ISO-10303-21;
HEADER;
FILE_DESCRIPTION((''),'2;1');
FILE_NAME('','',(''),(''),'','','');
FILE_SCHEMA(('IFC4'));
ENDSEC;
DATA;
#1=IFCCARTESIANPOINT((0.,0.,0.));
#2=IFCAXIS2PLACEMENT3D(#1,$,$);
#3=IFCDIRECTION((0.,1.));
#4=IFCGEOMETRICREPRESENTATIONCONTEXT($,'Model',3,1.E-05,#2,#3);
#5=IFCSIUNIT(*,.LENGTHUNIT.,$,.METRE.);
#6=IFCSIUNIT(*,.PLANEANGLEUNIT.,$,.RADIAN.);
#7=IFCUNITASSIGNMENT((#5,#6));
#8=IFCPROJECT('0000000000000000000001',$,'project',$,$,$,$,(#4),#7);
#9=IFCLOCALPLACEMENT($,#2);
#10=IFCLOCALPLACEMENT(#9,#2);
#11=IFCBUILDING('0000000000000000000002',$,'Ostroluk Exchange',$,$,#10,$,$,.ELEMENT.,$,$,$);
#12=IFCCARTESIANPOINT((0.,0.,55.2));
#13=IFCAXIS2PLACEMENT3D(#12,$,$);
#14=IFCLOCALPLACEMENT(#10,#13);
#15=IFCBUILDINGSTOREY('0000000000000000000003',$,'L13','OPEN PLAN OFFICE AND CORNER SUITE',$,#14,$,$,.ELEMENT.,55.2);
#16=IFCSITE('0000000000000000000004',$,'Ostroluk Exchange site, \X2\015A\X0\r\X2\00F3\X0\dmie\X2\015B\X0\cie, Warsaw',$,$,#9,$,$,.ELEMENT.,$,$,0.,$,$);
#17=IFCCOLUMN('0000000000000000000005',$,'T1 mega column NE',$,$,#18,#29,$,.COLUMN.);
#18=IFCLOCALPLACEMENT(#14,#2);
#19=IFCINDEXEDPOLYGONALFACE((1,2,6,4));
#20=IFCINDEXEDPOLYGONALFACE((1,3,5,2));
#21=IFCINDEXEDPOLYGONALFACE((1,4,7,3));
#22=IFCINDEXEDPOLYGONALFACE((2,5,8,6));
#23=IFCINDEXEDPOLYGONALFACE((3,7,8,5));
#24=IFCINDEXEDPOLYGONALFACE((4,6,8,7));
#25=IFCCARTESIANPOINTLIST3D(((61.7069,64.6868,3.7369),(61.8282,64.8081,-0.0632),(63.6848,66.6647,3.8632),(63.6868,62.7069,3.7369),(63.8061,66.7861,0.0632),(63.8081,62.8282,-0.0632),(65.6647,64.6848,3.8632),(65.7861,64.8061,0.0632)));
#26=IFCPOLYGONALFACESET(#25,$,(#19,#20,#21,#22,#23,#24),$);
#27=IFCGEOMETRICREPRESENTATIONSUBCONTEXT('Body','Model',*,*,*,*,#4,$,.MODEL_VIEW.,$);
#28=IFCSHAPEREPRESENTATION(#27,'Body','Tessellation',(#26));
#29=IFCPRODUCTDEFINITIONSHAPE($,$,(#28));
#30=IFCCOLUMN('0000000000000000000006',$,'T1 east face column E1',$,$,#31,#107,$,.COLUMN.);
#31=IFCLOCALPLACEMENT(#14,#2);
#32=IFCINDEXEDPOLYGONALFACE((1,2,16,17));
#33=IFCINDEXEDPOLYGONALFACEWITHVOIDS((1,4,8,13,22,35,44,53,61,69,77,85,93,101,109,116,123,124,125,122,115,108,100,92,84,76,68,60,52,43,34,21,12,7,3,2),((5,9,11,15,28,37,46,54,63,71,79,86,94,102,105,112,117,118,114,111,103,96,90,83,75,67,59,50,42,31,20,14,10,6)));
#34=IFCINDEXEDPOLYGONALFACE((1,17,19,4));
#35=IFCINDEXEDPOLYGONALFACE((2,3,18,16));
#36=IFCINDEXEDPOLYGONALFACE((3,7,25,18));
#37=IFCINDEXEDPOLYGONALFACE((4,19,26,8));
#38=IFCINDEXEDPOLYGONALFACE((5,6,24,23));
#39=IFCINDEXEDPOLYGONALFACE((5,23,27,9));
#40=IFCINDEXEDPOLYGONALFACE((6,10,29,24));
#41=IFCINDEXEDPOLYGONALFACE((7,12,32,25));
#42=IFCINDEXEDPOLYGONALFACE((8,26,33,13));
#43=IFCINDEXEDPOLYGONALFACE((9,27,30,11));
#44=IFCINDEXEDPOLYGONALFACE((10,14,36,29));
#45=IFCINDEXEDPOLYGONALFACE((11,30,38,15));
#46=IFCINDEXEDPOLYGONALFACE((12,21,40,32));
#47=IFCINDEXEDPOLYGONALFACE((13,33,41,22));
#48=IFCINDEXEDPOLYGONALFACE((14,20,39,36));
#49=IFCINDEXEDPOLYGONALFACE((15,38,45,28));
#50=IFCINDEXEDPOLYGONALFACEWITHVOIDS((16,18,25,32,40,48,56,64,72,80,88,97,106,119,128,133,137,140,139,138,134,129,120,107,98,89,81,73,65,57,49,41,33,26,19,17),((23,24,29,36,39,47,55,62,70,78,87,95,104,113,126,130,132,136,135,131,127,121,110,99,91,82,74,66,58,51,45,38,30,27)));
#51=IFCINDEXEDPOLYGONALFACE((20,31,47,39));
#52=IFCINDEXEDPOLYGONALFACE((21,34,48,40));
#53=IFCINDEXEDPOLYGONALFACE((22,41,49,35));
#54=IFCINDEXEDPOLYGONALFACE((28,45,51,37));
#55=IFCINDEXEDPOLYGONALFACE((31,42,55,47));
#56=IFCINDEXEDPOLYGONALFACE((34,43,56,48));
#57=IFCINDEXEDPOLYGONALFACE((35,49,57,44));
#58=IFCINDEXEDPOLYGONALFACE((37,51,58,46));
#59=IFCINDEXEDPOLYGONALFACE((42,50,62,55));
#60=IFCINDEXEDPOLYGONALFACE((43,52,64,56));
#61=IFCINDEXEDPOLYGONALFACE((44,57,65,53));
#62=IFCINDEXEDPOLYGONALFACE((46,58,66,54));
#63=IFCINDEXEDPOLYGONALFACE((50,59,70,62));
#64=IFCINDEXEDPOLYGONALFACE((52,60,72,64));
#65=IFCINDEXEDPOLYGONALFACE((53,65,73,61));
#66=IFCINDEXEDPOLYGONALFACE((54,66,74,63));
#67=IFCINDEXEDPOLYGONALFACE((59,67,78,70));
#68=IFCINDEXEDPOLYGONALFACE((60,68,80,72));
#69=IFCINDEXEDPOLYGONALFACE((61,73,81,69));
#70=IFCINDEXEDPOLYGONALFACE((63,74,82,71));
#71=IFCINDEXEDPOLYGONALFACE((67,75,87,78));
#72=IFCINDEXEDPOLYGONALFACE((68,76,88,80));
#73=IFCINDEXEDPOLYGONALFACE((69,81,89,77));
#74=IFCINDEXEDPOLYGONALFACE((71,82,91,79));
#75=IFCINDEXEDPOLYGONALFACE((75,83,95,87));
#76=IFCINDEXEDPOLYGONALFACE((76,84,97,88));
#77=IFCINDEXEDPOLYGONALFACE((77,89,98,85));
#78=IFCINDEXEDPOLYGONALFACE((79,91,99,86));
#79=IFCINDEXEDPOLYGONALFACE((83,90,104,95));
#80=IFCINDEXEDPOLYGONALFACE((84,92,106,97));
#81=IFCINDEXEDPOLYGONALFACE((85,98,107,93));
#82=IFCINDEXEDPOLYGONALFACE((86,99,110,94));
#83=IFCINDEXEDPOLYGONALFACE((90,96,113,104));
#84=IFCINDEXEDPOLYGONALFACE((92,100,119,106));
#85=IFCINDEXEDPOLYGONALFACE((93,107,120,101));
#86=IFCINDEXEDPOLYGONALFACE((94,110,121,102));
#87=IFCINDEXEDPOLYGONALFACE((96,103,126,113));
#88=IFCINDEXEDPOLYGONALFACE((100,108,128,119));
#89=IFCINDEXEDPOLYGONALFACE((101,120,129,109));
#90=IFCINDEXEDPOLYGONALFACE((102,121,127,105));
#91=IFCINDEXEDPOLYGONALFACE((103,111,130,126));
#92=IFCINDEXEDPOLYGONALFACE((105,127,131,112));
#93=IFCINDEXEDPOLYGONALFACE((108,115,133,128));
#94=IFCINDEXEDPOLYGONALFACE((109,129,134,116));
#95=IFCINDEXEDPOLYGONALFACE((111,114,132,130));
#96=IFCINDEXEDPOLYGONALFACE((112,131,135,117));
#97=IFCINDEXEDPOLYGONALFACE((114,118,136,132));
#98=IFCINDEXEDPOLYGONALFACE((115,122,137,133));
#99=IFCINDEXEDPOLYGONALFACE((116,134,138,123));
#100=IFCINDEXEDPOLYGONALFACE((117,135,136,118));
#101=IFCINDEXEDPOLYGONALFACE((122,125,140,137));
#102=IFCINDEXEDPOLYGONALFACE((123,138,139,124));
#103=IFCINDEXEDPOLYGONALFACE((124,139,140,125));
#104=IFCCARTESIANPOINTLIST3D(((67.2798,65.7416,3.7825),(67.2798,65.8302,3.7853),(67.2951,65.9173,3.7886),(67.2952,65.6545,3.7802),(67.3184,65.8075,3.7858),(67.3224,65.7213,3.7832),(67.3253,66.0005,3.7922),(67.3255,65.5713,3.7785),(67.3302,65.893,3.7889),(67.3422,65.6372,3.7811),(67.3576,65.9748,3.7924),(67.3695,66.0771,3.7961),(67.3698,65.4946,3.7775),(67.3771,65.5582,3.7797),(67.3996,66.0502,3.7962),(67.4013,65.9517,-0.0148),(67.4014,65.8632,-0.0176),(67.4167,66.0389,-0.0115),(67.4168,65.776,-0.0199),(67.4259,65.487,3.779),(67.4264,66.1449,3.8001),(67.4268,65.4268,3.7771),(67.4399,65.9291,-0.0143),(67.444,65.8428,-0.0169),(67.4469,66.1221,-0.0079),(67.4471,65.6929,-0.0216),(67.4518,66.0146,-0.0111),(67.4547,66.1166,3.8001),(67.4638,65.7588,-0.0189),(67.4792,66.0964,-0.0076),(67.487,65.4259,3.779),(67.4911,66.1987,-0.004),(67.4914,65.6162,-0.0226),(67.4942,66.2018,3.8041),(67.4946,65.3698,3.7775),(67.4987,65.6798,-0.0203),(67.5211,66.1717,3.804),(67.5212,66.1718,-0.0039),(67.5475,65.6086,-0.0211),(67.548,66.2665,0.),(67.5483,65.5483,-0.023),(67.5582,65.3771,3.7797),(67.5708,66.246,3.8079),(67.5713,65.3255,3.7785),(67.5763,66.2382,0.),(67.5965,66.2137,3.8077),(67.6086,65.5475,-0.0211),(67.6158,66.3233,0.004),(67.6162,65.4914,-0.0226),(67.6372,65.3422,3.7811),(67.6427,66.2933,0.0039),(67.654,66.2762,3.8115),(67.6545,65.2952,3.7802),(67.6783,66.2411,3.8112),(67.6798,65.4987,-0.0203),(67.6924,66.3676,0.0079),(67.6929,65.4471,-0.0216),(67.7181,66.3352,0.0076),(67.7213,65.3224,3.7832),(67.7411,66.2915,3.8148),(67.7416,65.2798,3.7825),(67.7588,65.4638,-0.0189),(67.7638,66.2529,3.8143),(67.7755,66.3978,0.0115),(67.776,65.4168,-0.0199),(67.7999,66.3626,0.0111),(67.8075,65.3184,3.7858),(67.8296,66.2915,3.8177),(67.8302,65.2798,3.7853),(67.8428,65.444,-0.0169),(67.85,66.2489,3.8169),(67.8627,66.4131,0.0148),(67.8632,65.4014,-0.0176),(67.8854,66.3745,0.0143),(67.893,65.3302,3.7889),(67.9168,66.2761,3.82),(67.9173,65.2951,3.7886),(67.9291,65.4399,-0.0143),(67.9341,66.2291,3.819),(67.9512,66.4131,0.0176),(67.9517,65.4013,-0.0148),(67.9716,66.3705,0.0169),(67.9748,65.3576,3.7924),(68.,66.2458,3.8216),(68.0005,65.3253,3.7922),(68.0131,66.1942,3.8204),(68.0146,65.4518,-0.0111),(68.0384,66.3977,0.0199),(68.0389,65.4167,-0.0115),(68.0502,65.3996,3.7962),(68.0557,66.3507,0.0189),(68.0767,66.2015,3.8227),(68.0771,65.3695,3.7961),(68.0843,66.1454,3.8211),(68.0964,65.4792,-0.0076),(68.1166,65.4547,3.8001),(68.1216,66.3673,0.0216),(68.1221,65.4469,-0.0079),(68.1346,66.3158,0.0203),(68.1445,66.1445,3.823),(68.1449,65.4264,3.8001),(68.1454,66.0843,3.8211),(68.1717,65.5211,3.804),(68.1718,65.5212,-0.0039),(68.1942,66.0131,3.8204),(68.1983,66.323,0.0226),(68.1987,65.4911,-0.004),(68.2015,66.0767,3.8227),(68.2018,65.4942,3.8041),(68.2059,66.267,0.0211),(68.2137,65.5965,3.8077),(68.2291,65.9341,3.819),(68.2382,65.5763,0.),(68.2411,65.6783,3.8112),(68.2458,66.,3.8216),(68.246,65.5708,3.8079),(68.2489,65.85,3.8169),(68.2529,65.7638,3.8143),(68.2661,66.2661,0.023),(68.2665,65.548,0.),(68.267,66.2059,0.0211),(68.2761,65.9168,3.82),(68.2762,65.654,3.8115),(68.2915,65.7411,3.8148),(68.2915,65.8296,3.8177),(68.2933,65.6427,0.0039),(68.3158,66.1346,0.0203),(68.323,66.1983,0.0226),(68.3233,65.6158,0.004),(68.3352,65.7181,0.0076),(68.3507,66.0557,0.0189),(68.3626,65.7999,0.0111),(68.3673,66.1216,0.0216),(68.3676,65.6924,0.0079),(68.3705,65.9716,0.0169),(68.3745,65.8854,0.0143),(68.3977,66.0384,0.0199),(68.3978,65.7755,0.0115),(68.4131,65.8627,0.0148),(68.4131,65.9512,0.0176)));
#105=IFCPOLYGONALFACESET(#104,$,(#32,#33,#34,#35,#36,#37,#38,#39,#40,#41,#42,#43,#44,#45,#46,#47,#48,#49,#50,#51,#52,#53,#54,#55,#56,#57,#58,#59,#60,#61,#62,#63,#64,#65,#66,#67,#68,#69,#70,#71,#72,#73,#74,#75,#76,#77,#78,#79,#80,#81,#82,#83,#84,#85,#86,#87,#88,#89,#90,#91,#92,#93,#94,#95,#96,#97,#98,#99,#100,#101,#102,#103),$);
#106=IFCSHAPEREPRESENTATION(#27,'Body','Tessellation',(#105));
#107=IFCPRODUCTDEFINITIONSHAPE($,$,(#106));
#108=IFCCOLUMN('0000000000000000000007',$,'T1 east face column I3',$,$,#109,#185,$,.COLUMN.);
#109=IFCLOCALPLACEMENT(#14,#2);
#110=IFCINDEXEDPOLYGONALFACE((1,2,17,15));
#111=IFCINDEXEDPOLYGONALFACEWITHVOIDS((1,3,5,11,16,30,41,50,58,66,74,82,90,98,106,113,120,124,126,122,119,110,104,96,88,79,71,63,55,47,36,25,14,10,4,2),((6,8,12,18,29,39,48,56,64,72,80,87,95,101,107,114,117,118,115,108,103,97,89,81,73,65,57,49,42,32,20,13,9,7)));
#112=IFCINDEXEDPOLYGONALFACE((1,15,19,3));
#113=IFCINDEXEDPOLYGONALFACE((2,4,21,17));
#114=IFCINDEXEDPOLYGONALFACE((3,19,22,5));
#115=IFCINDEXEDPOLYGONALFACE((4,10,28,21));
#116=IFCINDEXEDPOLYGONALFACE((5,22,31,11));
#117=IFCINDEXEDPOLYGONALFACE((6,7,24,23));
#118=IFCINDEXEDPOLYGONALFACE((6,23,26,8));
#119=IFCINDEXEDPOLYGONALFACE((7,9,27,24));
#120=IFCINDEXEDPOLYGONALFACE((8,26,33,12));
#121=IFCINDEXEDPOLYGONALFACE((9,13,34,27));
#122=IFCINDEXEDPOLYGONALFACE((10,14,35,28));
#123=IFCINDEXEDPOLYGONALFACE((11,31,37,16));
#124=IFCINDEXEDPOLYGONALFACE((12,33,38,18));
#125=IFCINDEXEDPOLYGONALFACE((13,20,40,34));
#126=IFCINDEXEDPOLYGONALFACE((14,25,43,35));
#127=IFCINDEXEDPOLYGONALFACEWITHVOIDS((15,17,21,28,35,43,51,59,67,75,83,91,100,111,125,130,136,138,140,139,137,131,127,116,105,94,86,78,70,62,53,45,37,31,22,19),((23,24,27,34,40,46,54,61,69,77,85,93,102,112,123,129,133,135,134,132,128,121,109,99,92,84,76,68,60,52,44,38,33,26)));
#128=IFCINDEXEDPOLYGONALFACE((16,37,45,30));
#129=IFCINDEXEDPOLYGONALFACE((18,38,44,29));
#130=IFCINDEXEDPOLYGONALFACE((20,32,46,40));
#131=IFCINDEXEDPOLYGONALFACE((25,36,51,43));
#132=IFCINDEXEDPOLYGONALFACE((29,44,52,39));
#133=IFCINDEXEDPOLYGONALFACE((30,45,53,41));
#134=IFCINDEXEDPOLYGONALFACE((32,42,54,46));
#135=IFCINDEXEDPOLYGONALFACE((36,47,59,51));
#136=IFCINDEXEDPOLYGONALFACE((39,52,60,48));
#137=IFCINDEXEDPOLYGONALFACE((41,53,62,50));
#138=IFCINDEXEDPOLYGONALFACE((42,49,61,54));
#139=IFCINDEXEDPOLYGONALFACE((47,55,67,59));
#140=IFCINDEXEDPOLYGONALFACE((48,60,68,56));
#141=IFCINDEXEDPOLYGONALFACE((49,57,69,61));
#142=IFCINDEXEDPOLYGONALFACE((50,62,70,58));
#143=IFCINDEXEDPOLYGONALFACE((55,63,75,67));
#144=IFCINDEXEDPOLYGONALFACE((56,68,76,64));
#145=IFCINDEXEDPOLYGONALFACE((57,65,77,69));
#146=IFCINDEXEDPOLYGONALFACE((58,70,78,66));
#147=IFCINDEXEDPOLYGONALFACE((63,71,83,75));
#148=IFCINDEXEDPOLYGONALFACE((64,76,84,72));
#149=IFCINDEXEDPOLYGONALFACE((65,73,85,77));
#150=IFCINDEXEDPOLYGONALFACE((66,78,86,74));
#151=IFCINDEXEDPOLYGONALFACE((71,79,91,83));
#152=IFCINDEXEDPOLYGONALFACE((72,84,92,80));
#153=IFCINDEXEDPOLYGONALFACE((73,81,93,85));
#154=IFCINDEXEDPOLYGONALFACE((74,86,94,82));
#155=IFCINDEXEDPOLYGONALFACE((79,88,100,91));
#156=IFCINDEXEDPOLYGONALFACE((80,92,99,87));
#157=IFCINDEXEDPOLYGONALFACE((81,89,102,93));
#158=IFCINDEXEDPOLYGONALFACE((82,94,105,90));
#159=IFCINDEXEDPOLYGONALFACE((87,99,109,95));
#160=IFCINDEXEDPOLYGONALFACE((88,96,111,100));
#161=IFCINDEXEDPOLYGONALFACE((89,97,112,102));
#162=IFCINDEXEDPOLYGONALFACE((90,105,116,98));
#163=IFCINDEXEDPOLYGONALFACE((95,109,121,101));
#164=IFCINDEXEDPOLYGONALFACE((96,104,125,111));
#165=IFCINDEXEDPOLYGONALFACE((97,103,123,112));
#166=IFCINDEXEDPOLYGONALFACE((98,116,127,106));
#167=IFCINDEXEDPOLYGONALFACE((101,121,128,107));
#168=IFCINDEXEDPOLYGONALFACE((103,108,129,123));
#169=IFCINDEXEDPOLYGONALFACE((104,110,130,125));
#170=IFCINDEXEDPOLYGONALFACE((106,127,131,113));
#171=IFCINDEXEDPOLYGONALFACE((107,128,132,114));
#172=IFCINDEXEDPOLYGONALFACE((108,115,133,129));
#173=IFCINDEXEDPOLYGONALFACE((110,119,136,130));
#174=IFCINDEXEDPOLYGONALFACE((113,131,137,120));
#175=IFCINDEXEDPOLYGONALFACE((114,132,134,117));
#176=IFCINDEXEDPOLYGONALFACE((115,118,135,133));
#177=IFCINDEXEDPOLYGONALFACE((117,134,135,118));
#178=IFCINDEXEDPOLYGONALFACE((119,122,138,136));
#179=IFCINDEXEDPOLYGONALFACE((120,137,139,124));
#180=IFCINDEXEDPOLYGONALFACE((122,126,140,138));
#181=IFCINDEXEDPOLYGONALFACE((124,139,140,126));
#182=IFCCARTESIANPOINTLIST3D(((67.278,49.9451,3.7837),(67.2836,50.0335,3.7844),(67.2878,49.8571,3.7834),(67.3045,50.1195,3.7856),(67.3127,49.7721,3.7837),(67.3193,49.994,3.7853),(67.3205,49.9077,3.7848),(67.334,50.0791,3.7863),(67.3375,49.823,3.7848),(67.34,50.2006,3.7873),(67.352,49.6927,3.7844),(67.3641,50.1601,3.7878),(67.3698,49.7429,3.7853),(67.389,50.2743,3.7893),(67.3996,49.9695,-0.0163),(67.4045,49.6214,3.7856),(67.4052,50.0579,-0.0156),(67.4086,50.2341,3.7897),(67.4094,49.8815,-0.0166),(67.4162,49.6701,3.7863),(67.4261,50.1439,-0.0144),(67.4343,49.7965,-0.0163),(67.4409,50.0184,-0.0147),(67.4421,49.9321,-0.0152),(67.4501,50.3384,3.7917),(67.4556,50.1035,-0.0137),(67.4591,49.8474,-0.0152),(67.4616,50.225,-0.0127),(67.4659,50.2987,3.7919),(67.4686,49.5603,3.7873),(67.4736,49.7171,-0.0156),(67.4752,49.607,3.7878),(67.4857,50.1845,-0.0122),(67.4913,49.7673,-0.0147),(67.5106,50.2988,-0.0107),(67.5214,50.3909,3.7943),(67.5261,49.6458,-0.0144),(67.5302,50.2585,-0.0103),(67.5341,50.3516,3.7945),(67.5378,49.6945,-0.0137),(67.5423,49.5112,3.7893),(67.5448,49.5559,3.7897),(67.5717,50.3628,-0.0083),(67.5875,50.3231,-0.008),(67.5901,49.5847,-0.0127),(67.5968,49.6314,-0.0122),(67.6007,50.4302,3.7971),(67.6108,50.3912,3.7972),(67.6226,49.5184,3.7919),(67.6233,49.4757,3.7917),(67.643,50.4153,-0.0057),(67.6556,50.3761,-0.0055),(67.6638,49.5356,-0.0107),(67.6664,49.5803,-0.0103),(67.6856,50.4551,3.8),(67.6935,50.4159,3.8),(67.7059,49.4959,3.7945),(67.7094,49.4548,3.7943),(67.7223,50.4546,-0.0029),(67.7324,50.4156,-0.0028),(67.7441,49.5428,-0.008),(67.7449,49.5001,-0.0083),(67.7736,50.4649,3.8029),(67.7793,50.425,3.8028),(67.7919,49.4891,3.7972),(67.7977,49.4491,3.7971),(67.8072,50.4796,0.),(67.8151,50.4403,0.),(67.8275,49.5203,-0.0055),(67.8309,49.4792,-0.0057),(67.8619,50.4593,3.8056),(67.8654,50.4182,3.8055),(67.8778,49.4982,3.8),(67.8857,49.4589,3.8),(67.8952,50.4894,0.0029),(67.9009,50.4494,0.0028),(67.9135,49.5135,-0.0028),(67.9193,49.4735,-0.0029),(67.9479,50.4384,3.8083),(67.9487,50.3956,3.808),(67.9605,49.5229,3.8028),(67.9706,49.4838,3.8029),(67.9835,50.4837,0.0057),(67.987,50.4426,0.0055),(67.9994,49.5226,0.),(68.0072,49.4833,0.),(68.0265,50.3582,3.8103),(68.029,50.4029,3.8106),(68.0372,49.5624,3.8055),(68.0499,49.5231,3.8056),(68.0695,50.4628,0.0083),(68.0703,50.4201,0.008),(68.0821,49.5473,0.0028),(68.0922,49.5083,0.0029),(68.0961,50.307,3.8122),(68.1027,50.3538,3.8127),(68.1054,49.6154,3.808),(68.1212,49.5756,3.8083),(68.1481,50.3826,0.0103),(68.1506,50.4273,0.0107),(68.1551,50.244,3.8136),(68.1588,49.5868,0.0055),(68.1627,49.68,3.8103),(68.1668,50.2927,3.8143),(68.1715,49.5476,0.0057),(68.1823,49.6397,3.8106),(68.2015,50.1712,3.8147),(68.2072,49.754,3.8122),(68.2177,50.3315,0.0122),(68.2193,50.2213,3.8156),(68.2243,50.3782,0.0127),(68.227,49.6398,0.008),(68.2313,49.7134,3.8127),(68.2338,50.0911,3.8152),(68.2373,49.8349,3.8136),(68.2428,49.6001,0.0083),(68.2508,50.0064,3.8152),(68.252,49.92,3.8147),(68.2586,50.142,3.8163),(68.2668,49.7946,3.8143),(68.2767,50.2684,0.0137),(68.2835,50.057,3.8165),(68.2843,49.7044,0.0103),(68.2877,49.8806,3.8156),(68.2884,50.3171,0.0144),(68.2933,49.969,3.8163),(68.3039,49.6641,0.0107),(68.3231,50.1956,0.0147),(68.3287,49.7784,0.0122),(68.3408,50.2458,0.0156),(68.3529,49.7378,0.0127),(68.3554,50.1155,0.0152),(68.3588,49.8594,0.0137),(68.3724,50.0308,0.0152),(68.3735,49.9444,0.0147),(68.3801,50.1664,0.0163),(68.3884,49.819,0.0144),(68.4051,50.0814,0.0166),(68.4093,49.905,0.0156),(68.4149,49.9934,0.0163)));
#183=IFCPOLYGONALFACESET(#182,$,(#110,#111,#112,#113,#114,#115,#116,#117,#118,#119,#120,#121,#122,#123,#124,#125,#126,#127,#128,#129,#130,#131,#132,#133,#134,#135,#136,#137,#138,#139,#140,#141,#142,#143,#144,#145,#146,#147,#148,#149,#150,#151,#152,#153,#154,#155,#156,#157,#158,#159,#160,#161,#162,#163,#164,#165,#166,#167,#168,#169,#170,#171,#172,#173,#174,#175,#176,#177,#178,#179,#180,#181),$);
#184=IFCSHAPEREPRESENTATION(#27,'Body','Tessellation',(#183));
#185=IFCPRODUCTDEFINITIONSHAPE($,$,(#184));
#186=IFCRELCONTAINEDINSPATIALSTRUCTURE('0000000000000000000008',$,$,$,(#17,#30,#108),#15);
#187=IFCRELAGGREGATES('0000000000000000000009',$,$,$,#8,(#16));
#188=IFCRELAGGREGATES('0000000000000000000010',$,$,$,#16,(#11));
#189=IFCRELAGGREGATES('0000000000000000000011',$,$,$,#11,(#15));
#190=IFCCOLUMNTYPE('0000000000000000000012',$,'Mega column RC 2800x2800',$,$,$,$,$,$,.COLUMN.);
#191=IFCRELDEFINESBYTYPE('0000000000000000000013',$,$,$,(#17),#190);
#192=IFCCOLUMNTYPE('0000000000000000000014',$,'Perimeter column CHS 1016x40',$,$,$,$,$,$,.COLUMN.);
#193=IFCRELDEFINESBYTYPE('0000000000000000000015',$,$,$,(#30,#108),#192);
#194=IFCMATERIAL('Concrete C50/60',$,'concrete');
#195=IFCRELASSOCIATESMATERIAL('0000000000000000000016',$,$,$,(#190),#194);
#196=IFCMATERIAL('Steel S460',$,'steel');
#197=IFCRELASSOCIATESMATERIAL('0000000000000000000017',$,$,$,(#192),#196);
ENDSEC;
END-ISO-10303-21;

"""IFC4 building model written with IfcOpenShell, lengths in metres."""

from ifc_helpers import new_model, si_unit, direction, frame, origin, origin_2d, place, context, subcontext, project, spatial, rectangle, hollow_circle, extrude, material, material_profile, profile_set, type_object, element, save


model = new_model("IFC4")

# Units and contexts
model_context = context("Model", 3, precision=1e-05, world=origin(), true_north=direction((0.0, 1.0)))
body_context = subcontext(model_context, "Body", "Model", "MODEL_VIEW")
ifc_project = project(units=[si_unit("LENGTHUNIT", "METRE"), si_unit("PLANEANGLEUNIT", "RADIAN")], contexts=[model_context])

# Site, building, storey
site_placement = place(None, origin())
site = spatial("IfcSite", under=ifc_project, at=site_placement, Name="Ostroluk Exchange site, Śródmieście, Warsaw", CompositionType="ELEMENT", RefElevation=0.0)
building_placement = place(site_placement, origin())
building = spatial("IfcBuilding", under=site, at=building_placement, Name="Ostroluk Exchange", CompositionType="ELEMENT")
storey_placement = place(building_placement, frame((0.0, 0.0, 55.2)))
storey = spatial("IfcBuildingStorey", under=building, at=storey_placement, Name="L13", Description="OPEN PLAN OFFICE AND CORNER SUITE", CompositionType="ELEMENT", Elevation=55.2)

# Columns
ifc_material_1 = material(Name="Concrete C50/60", Category="concrete")
ifc_material_profile_1 = material_profile(ifc_material_1, rectangle(XDim=2.8, YDim=2.8, at=origin_2d()), Name="RC 2800x2800")
ifc_profile_set_1 = profile_set([ifc_material_profile_1], Name="Concrete C50/60")
column_type_1 = type_object("IfcColumnType", Name="Mega column RC 2800x2800", PredefinedType="COLUMN", material=ifc_profile_set_1)
column_1_placement = place(storey_placement, frame((63.8071, 64.8071, 0.0), z_axis=(-0.031898, -0.031898, 0.998982), x_axis=(0.707107, -0.707107, 0.0)))
element("IfcColumn", 1, at=column_1_placement, inside=storey, type_object=column_type_1, Name="T1 mega column NE", PredefinedType="COLUMN", context=body_context, shape_type="SweptSolid", body=[
    extrude(rectangle(XDim=2.8, YDim=2.8, at=origin_2d()), origin(), (0.0, 0.0, 1.0), 3.804),
])
ifc_material_2 = material(Name="Steel S460", Category="steel")
ifc_material_profile_2 = material_profile(ifc_material_2, hollow_circle(Radius=0.5081, WallThickness=0.04, at=origin_2d()), Name="CHS 1016x40")
ifc_profile_set_2 = profile_set([ifc_material_profile_2], Name="Steel S460")
column_type_2 = type_object("IfcColumnType", Name="Perimeter column CHS 1016x40", PredefinedType="COLUMN", material=ifc_profile_set_2)
column_2_placement = place(storey_placement, frame((67.9072, 65.9072, 0.0), z_axis=(-0.031962, -0.031962, 0.998978), x_axis=(0.707107, -0.707107, 0.0)))
element("IfcColumn", 2, at=column_2_placement, inside=storey, type_object=column_type_2, Name="T1 east face column E1", PredefinedType="COLUMN", context=body_context, shape_type="SweptSolid", body=[
    extrude(hollow_circle(Radius=0.5081, WallThickness=0.04, at=origin_2d()), origin(), (0.0, 0.0, 1.0), 3.804),
])
column_3_placement = place(storey_placement, frame((67.9072, 49.9814, 0.0), z_axis=(-0.031978, -0.006421, 0.999468), x_axis=(0.196873, -0.980429, 0.0)))
element("IfcColumn", 3, at=column_3_placement, inside=storey, type_object=column_type_2, Name="T1 east face column I3", PredefinedType="COLUMN", context=body_context, shape_type="SweptSolid", body=[
    extrude(hollow_circle(Radius=0.5081, WallThickness=0.04, at=origin_2d()), origin(), (0.0, 0.0, 1.0), 3.802),
])

save(model, "model.ifc")
